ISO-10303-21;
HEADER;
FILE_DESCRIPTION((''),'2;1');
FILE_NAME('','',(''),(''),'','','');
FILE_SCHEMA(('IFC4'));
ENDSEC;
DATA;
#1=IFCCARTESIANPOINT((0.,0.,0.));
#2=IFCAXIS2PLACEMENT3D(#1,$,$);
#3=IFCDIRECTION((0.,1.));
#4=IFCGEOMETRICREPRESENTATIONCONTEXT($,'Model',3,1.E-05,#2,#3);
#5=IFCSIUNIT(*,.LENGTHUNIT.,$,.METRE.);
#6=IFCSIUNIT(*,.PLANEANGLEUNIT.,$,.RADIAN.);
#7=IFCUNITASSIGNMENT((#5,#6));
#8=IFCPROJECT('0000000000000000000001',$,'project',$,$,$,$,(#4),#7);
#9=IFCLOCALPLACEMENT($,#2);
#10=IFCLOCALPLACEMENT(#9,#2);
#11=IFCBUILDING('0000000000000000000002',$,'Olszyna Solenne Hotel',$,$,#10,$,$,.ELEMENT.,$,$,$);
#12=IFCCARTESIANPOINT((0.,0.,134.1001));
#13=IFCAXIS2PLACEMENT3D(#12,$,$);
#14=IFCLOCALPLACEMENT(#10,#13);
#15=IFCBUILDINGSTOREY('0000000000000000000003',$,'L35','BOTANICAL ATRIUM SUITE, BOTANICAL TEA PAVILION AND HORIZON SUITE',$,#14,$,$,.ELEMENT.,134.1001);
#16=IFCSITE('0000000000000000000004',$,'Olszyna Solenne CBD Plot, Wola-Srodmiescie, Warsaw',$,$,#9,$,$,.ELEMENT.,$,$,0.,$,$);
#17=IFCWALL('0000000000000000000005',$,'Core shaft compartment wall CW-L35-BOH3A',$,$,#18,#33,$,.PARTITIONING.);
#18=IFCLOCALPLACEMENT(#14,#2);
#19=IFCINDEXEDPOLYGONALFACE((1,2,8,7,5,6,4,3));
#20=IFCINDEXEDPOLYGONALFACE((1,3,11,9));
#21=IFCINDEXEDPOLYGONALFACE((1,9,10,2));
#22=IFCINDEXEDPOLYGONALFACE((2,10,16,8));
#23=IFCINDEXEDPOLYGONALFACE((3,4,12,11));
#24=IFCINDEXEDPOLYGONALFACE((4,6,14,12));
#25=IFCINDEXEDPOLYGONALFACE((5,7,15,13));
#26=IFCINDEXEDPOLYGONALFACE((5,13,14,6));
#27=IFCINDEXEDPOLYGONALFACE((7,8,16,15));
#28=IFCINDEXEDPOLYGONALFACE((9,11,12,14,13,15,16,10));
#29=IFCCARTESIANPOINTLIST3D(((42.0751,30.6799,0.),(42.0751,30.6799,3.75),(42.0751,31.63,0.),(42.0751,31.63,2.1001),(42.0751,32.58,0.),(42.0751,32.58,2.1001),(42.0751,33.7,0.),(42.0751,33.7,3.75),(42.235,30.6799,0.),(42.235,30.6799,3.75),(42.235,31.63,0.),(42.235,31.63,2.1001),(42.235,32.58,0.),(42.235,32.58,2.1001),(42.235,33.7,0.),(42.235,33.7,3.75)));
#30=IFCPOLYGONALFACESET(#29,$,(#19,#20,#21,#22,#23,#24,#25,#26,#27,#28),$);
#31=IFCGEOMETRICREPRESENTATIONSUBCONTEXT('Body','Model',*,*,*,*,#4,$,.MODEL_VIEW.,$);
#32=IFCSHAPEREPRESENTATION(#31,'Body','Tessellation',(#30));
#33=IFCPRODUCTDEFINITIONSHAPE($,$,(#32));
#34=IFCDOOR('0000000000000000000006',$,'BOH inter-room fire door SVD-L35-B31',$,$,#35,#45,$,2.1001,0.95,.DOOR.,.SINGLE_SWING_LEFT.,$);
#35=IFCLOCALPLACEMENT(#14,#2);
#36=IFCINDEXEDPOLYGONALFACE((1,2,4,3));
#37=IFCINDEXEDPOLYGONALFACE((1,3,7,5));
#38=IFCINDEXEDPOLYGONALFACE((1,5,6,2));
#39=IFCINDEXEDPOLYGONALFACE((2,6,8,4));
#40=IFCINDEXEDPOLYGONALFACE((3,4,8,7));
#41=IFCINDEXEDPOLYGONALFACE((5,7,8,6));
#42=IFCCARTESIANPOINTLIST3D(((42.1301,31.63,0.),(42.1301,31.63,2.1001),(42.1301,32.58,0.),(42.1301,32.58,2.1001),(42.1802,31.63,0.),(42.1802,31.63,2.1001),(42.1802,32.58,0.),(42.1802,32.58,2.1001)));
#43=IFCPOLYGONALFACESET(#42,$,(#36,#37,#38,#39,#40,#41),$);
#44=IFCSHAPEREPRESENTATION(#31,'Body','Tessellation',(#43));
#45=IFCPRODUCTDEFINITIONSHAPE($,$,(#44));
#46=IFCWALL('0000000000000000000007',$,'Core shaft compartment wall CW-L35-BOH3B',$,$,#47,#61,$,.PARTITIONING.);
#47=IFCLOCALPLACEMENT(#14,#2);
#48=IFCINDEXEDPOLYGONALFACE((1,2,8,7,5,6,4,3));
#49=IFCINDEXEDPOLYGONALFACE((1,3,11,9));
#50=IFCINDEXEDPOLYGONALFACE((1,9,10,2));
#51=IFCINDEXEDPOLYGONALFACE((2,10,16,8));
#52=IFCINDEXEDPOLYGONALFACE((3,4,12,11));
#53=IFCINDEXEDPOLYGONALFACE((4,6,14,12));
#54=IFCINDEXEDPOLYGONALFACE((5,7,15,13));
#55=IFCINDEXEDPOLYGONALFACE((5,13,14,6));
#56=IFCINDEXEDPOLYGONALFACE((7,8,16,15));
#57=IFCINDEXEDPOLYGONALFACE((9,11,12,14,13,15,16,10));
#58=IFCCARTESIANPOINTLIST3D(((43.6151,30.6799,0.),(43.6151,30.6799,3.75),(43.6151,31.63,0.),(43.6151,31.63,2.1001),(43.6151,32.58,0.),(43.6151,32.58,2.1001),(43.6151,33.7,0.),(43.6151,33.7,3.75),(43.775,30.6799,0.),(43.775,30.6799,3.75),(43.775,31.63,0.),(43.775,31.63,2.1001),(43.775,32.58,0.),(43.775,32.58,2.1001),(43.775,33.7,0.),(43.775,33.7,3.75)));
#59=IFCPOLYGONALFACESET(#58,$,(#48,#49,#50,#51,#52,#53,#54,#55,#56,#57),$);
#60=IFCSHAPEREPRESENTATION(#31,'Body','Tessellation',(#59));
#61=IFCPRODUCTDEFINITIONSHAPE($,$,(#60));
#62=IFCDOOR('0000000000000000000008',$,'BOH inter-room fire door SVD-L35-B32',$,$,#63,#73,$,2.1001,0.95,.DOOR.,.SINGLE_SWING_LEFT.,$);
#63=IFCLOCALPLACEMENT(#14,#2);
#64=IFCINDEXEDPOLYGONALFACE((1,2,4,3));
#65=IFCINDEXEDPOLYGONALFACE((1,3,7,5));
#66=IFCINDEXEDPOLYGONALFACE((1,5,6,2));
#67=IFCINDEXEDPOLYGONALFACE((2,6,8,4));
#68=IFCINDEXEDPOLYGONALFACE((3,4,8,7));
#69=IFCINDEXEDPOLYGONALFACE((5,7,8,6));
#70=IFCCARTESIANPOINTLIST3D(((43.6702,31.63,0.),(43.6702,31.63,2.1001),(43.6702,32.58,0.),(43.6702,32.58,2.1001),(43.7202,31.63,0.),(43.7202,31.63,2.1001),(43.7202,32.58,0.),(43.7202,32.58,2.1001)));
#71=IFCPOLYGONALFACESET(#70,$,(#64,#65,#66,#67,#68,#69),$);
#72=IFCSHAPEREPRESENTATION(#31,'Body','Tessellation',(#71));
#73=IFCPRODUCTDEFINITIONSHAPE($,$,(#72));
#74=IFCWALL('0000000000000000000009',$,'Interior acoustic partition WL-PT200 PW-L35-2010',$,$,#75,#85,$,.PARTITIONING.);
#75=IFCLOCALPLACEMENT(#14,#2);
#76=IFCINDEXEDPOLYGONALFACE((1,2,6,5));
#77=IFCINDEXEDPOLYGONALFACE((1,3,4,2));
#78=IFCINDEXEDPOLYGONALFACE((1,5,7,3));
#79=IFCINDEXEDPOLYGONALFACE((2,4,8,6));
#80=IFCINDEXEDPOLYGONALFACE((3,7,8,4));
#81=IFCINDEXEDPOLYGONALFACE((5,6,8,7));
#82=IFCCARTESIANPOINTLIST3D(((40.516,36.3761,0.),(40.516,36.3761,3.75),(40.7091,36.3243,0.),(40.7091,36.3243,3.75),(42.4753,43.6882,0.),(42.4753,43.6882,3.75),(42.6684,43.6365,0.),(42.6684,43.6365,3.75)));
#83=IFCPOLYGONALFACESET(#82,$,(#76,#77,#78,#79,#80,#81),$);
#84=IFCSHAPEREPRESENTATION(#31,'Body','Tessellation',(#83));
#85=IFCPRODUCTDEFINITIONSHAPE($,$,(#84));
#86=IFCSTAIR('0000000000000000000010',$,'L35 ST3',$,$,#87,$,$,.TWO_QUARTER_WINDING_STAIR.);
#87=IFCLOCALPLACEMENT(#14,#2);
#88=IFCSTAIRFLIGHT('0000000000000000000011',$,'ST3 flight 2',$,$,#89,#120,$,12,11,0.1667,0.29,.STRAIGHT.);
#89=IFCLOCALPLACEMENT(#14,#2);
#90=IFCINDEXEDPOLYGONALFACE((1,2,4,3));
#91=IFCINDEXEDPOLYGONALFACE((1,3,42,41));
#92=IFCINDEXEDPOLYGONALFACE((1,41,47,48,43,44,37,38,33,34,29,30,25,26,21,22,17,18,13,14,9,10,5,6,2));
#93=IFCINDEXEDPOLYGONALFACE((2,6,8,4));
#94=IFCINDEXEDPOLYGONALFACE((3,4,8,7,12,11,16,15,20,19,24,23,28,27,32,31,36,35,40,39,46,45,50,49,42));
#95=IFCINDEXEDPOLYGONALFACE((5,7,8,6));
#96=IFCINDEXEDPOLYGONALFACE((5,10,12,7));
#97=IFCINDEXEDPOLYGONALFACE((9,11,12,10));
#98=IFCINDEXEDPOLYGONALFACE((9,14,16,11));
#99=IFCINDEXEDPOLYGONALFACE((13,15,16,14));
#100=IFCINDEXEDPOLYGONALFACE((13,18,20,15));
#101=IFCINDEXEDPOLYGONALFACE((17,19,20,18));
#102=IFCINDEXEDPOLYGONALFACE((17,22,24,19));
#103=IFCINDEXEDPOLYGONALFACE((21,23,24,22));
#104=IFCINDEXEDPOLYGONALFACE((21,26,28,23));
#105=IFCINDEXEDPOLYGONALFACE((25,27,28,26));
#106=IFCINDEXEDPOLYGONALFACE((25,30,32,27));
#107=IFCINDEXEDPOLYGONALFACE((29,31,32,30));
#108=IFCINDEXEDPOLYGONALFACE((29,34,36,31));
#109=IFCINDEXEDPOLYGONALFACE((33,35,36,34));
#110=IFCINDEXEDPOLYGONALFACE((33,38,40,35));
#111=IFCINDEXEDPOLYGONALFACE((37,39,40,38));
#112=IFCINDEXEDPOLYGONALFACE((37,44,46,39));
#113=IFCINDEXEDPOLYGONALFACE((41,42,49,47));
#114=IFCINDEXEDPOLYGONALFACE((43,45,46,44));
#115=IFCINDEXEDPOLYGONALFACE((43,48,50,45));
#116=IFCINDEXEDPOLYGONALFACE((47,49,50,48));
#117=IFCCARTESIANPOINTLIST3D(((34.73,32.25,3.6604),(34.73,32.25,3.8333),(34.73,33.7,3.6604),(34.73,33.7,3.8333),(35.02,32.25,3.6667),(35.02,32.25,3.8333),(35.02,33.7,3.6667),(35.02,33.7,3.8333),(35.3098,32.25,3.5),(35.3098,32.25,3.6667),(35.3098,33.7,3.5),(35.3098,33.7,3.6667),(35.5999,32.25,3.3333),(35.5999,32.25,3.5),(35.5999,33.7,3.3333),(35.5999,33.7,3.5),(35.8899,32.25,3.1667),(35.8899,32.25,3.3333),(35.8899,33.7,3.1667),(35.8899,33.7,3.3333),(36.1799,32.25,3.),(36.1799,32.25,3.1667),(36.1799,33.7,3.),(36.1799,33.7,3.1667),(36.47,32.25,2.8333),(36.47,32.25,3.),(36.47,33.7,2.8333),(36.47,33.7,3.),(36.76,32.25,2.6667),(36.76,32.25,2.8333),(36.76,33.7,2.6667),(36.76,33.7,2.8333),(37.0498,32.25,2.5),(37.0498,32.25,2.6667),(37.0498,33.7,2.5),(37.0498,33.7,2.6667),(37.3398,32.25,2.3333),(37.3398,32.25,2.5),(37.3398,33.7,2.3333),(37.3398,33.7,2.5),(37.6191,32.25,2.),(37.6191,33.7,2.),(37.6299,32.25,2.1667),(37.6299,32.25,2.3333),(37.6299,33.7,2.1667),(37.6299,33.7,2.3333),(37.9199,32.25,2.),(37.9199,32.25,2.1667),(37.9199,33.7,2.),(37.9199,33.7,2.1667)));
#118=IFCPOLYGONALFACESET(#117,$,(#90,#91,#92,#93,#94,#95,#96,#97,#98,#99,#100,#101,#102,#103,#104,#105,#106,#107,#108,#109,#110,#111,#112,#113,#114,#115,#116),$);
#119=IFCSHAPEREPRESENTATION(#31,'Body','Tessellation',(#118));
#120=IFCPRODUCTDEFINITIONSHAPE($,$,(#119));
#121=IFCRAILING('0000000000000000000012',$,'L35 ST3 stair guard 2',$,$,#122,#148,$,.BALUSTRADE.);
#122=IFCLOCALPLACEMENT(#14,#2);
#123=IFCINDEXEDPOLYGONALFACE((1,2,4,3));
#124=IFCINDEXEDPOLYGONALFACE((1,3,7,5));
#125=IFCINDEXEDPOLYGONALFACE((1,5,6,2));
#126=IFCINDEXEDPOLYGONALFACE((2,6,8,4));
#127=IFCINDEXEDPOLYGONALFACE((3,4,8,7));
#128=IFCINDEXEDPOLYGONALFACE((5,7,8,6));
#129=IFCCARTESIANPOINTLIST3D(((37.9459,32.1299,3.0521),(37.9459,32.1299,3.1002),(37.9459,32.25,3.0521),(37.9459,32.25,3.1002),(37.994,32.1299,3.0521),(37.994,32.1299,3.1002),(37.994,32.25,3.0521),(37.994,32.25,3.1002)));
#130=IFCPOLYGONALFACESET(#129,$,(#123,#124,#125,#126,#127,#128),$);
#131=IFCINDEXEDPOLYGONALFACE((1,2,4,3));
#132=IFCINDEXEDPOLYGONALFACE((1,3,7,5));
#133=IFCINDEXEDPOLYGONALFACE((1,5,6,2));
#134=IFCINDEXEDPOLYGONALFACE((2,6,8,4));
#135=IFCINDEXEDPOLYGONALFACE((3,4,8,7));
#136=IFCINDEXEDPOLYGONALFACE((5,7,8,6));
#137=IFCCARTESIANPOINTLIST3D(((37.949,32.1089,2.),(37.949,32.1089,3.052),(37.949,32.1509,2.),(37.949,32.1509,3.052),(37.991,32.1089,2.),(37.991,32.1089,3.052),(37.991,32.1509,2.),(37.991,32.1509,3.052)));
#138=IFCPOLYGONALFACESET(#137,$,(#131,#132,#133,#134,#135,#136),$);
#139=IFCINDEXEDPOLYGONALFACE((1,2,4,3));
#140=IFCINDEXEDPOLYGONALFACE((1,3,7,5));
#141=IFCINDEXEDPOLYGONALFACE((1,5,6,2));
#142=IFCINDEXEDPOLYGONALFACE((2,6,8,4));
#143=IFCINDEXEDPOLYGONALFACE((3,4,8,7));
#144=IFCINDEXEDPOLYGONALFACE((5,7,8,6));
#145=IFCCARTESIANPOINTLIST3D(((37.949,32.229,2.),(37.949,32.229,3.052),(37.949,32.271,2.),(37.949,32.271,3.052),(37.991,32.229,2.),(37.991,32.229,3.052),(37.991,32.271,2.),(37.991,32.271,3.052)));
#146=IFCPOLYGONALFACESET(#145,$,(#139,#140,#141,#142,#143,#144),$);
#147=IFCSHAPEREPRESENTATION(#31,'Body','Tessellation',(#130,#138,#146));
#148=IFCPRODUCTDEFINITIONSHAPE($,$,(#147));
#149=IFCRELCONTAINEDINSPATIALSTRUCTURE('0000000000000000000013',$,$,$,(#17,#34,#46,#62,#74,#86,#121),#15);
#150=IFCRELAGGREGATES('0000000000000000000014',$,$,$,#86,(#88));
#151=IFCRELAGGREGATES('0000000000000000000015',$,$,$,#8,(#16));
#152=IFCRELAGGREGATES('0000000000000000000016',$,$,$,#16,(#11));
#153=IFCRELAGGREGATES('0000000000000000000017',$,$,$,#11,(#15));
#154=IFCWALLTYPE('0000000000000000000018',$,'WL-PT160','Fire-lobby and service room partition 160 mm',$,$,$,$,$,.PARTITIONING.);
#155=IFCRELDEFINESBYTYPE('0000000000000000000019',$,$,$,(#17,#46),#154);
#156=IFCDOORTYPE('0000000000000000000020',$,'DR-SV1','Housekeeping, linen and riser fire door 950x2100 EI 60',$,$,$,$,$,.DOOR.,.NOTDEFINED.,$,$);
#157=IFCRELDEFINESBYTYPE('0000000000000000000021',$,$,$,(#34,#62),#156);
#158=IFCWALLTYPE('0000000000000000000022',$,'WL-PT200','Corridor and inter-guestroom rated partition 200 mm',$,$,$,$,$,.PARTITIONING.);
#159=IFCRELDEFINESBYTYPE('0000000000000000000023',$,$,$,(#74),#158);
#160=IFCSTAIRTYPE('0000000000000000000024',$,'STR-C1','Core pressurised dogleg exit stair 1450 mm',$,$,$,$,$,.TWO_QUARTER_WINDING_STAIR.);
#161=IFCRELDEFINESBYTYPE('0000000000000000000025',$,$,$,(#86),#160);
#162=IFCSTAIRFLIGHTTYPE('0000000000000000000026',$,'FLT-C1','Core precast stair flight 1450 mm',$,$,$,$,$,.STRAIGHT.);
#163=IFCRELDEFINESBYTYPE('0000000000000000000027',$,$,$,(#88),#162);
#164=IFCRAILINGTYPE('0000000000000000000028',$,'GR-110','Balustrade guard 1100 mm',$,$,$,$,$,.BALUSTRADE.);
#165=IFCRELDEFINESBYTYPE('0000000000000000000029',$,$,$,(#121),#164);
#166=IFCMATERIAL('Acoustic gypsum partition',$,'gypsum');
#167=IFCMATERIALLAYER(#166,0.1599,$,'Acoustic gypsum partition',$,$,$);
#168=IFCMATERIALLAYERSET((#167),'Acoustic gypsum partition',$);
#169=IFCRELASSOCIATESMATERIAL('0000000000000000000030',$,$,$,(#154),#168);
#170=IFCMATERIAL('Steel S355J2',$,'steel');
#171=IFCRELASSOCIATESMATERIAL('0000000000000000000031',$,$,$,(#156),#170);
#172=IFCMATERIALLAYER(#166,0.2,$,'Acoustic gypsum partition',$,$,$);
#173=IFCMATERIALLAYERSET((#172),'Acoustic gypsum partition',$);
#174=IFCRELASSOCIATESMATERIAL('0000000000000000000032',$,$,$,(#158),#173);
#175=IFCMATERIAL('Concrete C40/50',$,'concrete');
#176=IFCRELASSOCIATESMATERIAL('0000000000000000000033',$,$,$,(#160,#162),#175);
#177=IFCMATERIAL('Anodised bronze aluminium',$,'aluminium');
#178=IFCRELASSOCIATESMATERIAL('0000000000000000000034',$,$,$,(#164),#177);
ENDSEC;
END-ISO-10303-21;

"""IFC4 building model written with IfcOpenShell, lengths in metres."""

from ifc_helpers import new_model, si_unit, direction, frame, frame_2d, origin, origin_2d, place, context, subcontext, project, spatial, polyline, rectangle, outline, extrude, source, transform, mapped, material, layer, layer_set, type_object, type_shapes, element, fill, aggregate, save


model = new_model("IFC4")

# Units and contexts
model_context = context("Model", 3, precision=1e-05, world=origin(), true_north=direction((0.0, 1.0)))
body_context = subcontext(model_context, "Body", "Model", "MODEL_VIEW")
ifc_project = project(units=[si_unit("LENGTHUNIT", "METRE"), si_unit("PLANEANGLEUNIT", "RADIAN")], contexts=[model_context])

# Site, building, storey
site_placement = place(None, origin())
site = spatial("IfcSite", under=ifc_project, at=site_placement, Name="Olszyna Solenne CBD Plot, Wola-Srodmiescie, Warsaw", CompositionType="ELEMENT", RefElevation=0.0)
building_placement = place(site_placement, origin())
building = spatial("IfcBuilding", under=site, at=building_placement, Name="Olszyna Solenne Hotel", CompositionType="ELEMENT")
storey_placement = place(building_placement, frame((0.0, 0.0, 134.1001)))
storey = spatial("IfcBuildingStorey", under=building, at=storey_placement, Name="L35", Description="BOTANICAL ATRIUM SUITE, BOTANICAL TEA PAVILION AND HORIZON SUITE", CompositionType="ELEMENT", Elevation=134.1001)

# Shared definitions
ifc_material_1 = material(Name="Steel S355J2", Category="steel")

# Shared definitions
ifc_material_2 = material(Name="Acoustic gypsum partition", Category="gypsum")

# Shared definitions
ifc_layer_1 = layer(ifc_material_2, 0.1599, Name="Acoustic gypsum partition")
ifc_layer_set_1 = layer_set([ifc_layer_1], Name="Acoustic gypsum partition")
wall_type_1 = type_object("IfcWallType", Name="WL-PT160", Description="Fire-lobby and service room partition 160 mm", PredefinedType="PARTITIONING", material=ifc_layer_set_1)

# Walls, openings, doors
wall_1_placement = place(storey_placement, frame((42.155, 30.6799, 0.0), z_axis=(0.0, 0.0, 1.0), x_axis=(0.0, 1.0, 0.0)))
wall_1 = element("IfcWall", 1, at=wall_1_placement, inside=storey, type_object=wall_type_1, Name="Core shaft compartment wall CW-L35-BOH3A", PredefinedType="PARTITIONING", context=body_context, shape_type="SweptSolid", body=[
    extrude(rectangle(XDim=3.02, YDim=0.1599, at=frame_2d((1.51, 0.0))), origin(), (0.0, 0.0, 1.0), 3.75),
])
opening_1_placement = place(wall_1_placement, frame((0.95, 0.0, 0.0)))
opening_1 = element("IfcOpeningElement", 2, at=opening_1_placement, cuts=wall_1, PredefinedType="OPENING", context=body_context, shape_type="SweptSolid", body=[
    extrude(rectangle(XDim=0.95, YDim=2.1001, at=frame_2d((0.4751, 1.05))), frame((0.0, 0.0898, 0.0), z_axis=(0.0, -1.0, 0.0), x_axis=(1.0, 0.0, 0.0)), (0.0, 0.0, 1.0), 0.1799),
])
door_type_1 = type_object("IfcDoorType", Name="DR-SV1", Description="Housekeeping, linen and riser fire door 950x2100 EI 60", OperationType="NOTDEFINED", PredefinedType="DOOR", material=ifc_material_1)
shared_shape_1 = source(origin(), body_context, "Body", "SweptSolid", [
    extrude(rectangle(XDim=0.95, YDim=2.1001, at=frame_2d((0.4751, 1.05))), frame((0.0, 0.0249, 0.0), z_axis=(0.0, -1.0, 0.0), x_axis=(1.0, 0.0, 0.0)), (0.0, 0.0, 1.0), 0.05),
])
type_shapes(door_type_1, [shared_shape_1])
door_1_placement = place(opening_1_placement, origin())
door_1 = element("IfcDoor", 3, at=door_1_placement, inside=storey, type_object=door_type_1, Name="BOH inter-room fire door SVD-L35-B31", OperationType="SINGLE_SWING_LEFT", OverallHeight=2.1001, OverallWidth=0.95, PredefinedType="DOOR", context=body_context, shape_type="MappedRepresentation", body=[
    mapped(shared_shape_1, transform((0.0, 0.0, 0.0), x_axis=(1.0, 0.0, 0.0), y_axis=(0.0, 1.0, 0.0), z_axis=(0.0, 0.0, 1.0), scale=1.0)),
])
fill(opening_1, door_1)
wall_2_placement = place(storey_placement, frame((43.6951, 30.6799, 0.0), z_axis=(0.0, 0.0, 1.0), x_axis=(0.0, 1.0, 0.0)))
wall_2 = element("IfcWall", 4, at=wall_2_placement, inside=storey, type_object=wall_type_1, Name="Core shaft compartment wall CW-L35-BOH3B", PredefinedType="PARTITIONING", context=body_context, shape_type="SweptSolid", body=[
    extrude(rectangle(XDim=3.02, YDim=0.1599, at=frame_2d((1.51, 0.0))), origin(), (0.0, 0.0, 1.0), 3.75),
])
opening_2_placement = place(wall_2_placement, frame((0.95, 0.0, 0.0)))
opening_2 = element("IfcOpeningElement", 5, at=opening_2_placement, cuts=wall_2, PredefinedType="OPENING", context=body_context, shape_type="SweptSolid", body=[
    extrude(rectangle(XDim=0.95, YDim=2.1001, at=frame_2d((0.4751, 1.05))), frame((0.0, 0.0898, 0.0), z_axis=(0.0, -1.0, 0.0), x_axis=(1.0, 0.0, 0.0)), (0.0, 0.0, 1.0), 0.1799),
])
door_2_placement = place(opening_2_placement, origin())
door_2 = element("IfcDoor", 6, at=door_2_placement, inside=storey, type_object=door_type_1, Name="BOH inter-room fire door SVD-L35-B32", OperationType="SINGLE_SWING_LEFT", OverallHeight=2.1001, OverallWidth=0.95, PredefinedType="DOOR", context=body_context, shape_type="MappedRepresentation", body=[
    mapped(shared_shape_1, transform((0.0, 0.0, 0.0), x_axis=(1.0, 0.0, 0.0), y_axis=(0.0, 1.0, 0.0), z_axis=(0.0, 0.0, 1.0), scale=1.0)),
])
fill(opening_2, door_2)

# Wall
ifc_layer_2 = layer(ifc_material_2, 0.2, Name="Acoustic gypsum partition")
ifc_layer_set_2 = layer_set([ifc_layer_2], Name="Acoustic gypsum partition")
wall_type_2 = type_object("IfcWallType", Name="WL-PT200", Description="Corridor and inter-guestroom rated partition 200 mm", PredefinedType="PARTITIONING", material=ifc_layer_set_2)
wall_3_placement = place(storey_placement, frame((40.6125, 36.3501, 0.0), z_axis=(0.0, 0.0, 1.0), x_axis=(0.258817, 0.965926, 0.0)))
element("IfcWall", 7, at=wall_3_placement, inside=storey, type_object=wall_type_2, Name="Interior acoustic partition WL-PT200 PW-L35-2010", PredefinedType="PARTITIONING", context=body_context, shape_type="SweptSolid", body=[
    extrude(rectangle(XDim=7.5701, YDim=0.2, at=frame_2d((3.7852, 0.0))), origin(), (0.0, 0.0, 1.0), 3.75),
])

# Stair, stair flight
ifc_material_3 = material(Name="Concrete C40/50", Category="concrete")
stair_type = type_object("IfcStairType", Name="STR-C1", Description="Core pressurised dogleg exit stair 1450 mm", PredefinedType="TWO_QUARTER_WINDING_STAIR", material=ifc_material_3)
stair_placement = place(storey_placement, origin())
stair = element("IfcStair", 8, at=stair_placement, inside=storey, type_object=stair_type, Name="L35 ST3", PredefinedType="TWO_QUARTER_WINDING_STAIR")
stair_flight_type = type_object("IfcStairFlightType", Name="FLT-C1", Description="Core precast stair flight 1450 mm", PredefinedType="STRAIGHT", material=ifc_material_3)
stair_flight_placement = place(storey_placement, frame((37.9199, 32.9751, 2.0), z_axis=(0.0, 0.0, 1.0), x_axis=(-1.0, 0.0, 0.0)))
stair_flight = element("IfcStairFlight", 9, at=stair_flight_placement, type_object=stair_flight_type, Name="ST3 flight 2", NumberOfRisers=12, NumberOfTreads=11, PredefinedType="STRAIGHT", RiserHeight=0.1667, TreadLength=0.29, context=body_context, shape_type="SweptSolid", body=[
    extrude(outline(polyline([(0.0, 0.0), (0.0, 0.1667), (0.29, 0.1667), (0.29, 0.3333), (0.5801, 0.3333), (0.5801, 0.5), (0.8701, 0.5), (0.8701, 0.6667), (1.1599, 0.6667), (1.1599, 0.8333), (1.45, 0.8333), (1.45, 1.0), (1.74, 1.0), (1.74, 1.1667), (2.03, 1.1667), (2.03, 1.3333), (2.3201, 1.3333), (2.3201, 1.5), (2.6101, 1.5), (2.6101, 1.6667), (2.8999, 1.6667), (2.8999, 1.8333), (3.1899, 1.8333), (3.1899, 2.0), (3.1899, 1.6604), (0.3008, 0.0), (0.0, 0.0)])), frame((0.0, 0.7251, 0.0), z_axis=(0.0, -1.0, 0.0), x_axis=(1.0, 0.0, 0.0)), (0.0, 0.0, 1.0), 1.45),
])
aggregate(stair, [stair_flight])

# Railing
ifc_material_4 = material(Name="Anodised bronze aluminium", Category="aluminium")
railing_type_1 = type_object("IfcRailingType", Name="GR-110", Description="Balustrade guard 1100 mm", PredefinedType="BALUSTRADE", material=ifc_material_4)
railing_1_placement = place(storey_placement, frame((37.97, 32.1299, 2.0)))
element("IfcRailing", 10, at=railing_1_placement, inside=storey, type_object=railing_type_1, Name="L35 ST3 stair guard 2", PredefinedType="BALUSTRADE", context=body_context, shape_type="SweptSolid", body=[
    extrude(rectangle(XDim=0.0481, YDim=0.0481, at=origin_2d()), frame((0.0, 0.0, 1.0762), z_axis=(0.0, 1.0, 0.0), x_axis=(-1.0, 0.0, 0.0)), (0.0, 0.0, 1.0), 0.1201),
    extrude(rectangle(XDim=0.042, YDim=0.042, at=origin_2d()), origin(), (0.0, 0.0, 1.0), 1.052),
    extrude(rectangle(XDim=0.042, YDim=0.042, at=origin_2d()), frame((0.0, 0.1201, 0.0)), (0.0, 0.0, 1.0), 1.052),
])

save(model, "model.ifc")
